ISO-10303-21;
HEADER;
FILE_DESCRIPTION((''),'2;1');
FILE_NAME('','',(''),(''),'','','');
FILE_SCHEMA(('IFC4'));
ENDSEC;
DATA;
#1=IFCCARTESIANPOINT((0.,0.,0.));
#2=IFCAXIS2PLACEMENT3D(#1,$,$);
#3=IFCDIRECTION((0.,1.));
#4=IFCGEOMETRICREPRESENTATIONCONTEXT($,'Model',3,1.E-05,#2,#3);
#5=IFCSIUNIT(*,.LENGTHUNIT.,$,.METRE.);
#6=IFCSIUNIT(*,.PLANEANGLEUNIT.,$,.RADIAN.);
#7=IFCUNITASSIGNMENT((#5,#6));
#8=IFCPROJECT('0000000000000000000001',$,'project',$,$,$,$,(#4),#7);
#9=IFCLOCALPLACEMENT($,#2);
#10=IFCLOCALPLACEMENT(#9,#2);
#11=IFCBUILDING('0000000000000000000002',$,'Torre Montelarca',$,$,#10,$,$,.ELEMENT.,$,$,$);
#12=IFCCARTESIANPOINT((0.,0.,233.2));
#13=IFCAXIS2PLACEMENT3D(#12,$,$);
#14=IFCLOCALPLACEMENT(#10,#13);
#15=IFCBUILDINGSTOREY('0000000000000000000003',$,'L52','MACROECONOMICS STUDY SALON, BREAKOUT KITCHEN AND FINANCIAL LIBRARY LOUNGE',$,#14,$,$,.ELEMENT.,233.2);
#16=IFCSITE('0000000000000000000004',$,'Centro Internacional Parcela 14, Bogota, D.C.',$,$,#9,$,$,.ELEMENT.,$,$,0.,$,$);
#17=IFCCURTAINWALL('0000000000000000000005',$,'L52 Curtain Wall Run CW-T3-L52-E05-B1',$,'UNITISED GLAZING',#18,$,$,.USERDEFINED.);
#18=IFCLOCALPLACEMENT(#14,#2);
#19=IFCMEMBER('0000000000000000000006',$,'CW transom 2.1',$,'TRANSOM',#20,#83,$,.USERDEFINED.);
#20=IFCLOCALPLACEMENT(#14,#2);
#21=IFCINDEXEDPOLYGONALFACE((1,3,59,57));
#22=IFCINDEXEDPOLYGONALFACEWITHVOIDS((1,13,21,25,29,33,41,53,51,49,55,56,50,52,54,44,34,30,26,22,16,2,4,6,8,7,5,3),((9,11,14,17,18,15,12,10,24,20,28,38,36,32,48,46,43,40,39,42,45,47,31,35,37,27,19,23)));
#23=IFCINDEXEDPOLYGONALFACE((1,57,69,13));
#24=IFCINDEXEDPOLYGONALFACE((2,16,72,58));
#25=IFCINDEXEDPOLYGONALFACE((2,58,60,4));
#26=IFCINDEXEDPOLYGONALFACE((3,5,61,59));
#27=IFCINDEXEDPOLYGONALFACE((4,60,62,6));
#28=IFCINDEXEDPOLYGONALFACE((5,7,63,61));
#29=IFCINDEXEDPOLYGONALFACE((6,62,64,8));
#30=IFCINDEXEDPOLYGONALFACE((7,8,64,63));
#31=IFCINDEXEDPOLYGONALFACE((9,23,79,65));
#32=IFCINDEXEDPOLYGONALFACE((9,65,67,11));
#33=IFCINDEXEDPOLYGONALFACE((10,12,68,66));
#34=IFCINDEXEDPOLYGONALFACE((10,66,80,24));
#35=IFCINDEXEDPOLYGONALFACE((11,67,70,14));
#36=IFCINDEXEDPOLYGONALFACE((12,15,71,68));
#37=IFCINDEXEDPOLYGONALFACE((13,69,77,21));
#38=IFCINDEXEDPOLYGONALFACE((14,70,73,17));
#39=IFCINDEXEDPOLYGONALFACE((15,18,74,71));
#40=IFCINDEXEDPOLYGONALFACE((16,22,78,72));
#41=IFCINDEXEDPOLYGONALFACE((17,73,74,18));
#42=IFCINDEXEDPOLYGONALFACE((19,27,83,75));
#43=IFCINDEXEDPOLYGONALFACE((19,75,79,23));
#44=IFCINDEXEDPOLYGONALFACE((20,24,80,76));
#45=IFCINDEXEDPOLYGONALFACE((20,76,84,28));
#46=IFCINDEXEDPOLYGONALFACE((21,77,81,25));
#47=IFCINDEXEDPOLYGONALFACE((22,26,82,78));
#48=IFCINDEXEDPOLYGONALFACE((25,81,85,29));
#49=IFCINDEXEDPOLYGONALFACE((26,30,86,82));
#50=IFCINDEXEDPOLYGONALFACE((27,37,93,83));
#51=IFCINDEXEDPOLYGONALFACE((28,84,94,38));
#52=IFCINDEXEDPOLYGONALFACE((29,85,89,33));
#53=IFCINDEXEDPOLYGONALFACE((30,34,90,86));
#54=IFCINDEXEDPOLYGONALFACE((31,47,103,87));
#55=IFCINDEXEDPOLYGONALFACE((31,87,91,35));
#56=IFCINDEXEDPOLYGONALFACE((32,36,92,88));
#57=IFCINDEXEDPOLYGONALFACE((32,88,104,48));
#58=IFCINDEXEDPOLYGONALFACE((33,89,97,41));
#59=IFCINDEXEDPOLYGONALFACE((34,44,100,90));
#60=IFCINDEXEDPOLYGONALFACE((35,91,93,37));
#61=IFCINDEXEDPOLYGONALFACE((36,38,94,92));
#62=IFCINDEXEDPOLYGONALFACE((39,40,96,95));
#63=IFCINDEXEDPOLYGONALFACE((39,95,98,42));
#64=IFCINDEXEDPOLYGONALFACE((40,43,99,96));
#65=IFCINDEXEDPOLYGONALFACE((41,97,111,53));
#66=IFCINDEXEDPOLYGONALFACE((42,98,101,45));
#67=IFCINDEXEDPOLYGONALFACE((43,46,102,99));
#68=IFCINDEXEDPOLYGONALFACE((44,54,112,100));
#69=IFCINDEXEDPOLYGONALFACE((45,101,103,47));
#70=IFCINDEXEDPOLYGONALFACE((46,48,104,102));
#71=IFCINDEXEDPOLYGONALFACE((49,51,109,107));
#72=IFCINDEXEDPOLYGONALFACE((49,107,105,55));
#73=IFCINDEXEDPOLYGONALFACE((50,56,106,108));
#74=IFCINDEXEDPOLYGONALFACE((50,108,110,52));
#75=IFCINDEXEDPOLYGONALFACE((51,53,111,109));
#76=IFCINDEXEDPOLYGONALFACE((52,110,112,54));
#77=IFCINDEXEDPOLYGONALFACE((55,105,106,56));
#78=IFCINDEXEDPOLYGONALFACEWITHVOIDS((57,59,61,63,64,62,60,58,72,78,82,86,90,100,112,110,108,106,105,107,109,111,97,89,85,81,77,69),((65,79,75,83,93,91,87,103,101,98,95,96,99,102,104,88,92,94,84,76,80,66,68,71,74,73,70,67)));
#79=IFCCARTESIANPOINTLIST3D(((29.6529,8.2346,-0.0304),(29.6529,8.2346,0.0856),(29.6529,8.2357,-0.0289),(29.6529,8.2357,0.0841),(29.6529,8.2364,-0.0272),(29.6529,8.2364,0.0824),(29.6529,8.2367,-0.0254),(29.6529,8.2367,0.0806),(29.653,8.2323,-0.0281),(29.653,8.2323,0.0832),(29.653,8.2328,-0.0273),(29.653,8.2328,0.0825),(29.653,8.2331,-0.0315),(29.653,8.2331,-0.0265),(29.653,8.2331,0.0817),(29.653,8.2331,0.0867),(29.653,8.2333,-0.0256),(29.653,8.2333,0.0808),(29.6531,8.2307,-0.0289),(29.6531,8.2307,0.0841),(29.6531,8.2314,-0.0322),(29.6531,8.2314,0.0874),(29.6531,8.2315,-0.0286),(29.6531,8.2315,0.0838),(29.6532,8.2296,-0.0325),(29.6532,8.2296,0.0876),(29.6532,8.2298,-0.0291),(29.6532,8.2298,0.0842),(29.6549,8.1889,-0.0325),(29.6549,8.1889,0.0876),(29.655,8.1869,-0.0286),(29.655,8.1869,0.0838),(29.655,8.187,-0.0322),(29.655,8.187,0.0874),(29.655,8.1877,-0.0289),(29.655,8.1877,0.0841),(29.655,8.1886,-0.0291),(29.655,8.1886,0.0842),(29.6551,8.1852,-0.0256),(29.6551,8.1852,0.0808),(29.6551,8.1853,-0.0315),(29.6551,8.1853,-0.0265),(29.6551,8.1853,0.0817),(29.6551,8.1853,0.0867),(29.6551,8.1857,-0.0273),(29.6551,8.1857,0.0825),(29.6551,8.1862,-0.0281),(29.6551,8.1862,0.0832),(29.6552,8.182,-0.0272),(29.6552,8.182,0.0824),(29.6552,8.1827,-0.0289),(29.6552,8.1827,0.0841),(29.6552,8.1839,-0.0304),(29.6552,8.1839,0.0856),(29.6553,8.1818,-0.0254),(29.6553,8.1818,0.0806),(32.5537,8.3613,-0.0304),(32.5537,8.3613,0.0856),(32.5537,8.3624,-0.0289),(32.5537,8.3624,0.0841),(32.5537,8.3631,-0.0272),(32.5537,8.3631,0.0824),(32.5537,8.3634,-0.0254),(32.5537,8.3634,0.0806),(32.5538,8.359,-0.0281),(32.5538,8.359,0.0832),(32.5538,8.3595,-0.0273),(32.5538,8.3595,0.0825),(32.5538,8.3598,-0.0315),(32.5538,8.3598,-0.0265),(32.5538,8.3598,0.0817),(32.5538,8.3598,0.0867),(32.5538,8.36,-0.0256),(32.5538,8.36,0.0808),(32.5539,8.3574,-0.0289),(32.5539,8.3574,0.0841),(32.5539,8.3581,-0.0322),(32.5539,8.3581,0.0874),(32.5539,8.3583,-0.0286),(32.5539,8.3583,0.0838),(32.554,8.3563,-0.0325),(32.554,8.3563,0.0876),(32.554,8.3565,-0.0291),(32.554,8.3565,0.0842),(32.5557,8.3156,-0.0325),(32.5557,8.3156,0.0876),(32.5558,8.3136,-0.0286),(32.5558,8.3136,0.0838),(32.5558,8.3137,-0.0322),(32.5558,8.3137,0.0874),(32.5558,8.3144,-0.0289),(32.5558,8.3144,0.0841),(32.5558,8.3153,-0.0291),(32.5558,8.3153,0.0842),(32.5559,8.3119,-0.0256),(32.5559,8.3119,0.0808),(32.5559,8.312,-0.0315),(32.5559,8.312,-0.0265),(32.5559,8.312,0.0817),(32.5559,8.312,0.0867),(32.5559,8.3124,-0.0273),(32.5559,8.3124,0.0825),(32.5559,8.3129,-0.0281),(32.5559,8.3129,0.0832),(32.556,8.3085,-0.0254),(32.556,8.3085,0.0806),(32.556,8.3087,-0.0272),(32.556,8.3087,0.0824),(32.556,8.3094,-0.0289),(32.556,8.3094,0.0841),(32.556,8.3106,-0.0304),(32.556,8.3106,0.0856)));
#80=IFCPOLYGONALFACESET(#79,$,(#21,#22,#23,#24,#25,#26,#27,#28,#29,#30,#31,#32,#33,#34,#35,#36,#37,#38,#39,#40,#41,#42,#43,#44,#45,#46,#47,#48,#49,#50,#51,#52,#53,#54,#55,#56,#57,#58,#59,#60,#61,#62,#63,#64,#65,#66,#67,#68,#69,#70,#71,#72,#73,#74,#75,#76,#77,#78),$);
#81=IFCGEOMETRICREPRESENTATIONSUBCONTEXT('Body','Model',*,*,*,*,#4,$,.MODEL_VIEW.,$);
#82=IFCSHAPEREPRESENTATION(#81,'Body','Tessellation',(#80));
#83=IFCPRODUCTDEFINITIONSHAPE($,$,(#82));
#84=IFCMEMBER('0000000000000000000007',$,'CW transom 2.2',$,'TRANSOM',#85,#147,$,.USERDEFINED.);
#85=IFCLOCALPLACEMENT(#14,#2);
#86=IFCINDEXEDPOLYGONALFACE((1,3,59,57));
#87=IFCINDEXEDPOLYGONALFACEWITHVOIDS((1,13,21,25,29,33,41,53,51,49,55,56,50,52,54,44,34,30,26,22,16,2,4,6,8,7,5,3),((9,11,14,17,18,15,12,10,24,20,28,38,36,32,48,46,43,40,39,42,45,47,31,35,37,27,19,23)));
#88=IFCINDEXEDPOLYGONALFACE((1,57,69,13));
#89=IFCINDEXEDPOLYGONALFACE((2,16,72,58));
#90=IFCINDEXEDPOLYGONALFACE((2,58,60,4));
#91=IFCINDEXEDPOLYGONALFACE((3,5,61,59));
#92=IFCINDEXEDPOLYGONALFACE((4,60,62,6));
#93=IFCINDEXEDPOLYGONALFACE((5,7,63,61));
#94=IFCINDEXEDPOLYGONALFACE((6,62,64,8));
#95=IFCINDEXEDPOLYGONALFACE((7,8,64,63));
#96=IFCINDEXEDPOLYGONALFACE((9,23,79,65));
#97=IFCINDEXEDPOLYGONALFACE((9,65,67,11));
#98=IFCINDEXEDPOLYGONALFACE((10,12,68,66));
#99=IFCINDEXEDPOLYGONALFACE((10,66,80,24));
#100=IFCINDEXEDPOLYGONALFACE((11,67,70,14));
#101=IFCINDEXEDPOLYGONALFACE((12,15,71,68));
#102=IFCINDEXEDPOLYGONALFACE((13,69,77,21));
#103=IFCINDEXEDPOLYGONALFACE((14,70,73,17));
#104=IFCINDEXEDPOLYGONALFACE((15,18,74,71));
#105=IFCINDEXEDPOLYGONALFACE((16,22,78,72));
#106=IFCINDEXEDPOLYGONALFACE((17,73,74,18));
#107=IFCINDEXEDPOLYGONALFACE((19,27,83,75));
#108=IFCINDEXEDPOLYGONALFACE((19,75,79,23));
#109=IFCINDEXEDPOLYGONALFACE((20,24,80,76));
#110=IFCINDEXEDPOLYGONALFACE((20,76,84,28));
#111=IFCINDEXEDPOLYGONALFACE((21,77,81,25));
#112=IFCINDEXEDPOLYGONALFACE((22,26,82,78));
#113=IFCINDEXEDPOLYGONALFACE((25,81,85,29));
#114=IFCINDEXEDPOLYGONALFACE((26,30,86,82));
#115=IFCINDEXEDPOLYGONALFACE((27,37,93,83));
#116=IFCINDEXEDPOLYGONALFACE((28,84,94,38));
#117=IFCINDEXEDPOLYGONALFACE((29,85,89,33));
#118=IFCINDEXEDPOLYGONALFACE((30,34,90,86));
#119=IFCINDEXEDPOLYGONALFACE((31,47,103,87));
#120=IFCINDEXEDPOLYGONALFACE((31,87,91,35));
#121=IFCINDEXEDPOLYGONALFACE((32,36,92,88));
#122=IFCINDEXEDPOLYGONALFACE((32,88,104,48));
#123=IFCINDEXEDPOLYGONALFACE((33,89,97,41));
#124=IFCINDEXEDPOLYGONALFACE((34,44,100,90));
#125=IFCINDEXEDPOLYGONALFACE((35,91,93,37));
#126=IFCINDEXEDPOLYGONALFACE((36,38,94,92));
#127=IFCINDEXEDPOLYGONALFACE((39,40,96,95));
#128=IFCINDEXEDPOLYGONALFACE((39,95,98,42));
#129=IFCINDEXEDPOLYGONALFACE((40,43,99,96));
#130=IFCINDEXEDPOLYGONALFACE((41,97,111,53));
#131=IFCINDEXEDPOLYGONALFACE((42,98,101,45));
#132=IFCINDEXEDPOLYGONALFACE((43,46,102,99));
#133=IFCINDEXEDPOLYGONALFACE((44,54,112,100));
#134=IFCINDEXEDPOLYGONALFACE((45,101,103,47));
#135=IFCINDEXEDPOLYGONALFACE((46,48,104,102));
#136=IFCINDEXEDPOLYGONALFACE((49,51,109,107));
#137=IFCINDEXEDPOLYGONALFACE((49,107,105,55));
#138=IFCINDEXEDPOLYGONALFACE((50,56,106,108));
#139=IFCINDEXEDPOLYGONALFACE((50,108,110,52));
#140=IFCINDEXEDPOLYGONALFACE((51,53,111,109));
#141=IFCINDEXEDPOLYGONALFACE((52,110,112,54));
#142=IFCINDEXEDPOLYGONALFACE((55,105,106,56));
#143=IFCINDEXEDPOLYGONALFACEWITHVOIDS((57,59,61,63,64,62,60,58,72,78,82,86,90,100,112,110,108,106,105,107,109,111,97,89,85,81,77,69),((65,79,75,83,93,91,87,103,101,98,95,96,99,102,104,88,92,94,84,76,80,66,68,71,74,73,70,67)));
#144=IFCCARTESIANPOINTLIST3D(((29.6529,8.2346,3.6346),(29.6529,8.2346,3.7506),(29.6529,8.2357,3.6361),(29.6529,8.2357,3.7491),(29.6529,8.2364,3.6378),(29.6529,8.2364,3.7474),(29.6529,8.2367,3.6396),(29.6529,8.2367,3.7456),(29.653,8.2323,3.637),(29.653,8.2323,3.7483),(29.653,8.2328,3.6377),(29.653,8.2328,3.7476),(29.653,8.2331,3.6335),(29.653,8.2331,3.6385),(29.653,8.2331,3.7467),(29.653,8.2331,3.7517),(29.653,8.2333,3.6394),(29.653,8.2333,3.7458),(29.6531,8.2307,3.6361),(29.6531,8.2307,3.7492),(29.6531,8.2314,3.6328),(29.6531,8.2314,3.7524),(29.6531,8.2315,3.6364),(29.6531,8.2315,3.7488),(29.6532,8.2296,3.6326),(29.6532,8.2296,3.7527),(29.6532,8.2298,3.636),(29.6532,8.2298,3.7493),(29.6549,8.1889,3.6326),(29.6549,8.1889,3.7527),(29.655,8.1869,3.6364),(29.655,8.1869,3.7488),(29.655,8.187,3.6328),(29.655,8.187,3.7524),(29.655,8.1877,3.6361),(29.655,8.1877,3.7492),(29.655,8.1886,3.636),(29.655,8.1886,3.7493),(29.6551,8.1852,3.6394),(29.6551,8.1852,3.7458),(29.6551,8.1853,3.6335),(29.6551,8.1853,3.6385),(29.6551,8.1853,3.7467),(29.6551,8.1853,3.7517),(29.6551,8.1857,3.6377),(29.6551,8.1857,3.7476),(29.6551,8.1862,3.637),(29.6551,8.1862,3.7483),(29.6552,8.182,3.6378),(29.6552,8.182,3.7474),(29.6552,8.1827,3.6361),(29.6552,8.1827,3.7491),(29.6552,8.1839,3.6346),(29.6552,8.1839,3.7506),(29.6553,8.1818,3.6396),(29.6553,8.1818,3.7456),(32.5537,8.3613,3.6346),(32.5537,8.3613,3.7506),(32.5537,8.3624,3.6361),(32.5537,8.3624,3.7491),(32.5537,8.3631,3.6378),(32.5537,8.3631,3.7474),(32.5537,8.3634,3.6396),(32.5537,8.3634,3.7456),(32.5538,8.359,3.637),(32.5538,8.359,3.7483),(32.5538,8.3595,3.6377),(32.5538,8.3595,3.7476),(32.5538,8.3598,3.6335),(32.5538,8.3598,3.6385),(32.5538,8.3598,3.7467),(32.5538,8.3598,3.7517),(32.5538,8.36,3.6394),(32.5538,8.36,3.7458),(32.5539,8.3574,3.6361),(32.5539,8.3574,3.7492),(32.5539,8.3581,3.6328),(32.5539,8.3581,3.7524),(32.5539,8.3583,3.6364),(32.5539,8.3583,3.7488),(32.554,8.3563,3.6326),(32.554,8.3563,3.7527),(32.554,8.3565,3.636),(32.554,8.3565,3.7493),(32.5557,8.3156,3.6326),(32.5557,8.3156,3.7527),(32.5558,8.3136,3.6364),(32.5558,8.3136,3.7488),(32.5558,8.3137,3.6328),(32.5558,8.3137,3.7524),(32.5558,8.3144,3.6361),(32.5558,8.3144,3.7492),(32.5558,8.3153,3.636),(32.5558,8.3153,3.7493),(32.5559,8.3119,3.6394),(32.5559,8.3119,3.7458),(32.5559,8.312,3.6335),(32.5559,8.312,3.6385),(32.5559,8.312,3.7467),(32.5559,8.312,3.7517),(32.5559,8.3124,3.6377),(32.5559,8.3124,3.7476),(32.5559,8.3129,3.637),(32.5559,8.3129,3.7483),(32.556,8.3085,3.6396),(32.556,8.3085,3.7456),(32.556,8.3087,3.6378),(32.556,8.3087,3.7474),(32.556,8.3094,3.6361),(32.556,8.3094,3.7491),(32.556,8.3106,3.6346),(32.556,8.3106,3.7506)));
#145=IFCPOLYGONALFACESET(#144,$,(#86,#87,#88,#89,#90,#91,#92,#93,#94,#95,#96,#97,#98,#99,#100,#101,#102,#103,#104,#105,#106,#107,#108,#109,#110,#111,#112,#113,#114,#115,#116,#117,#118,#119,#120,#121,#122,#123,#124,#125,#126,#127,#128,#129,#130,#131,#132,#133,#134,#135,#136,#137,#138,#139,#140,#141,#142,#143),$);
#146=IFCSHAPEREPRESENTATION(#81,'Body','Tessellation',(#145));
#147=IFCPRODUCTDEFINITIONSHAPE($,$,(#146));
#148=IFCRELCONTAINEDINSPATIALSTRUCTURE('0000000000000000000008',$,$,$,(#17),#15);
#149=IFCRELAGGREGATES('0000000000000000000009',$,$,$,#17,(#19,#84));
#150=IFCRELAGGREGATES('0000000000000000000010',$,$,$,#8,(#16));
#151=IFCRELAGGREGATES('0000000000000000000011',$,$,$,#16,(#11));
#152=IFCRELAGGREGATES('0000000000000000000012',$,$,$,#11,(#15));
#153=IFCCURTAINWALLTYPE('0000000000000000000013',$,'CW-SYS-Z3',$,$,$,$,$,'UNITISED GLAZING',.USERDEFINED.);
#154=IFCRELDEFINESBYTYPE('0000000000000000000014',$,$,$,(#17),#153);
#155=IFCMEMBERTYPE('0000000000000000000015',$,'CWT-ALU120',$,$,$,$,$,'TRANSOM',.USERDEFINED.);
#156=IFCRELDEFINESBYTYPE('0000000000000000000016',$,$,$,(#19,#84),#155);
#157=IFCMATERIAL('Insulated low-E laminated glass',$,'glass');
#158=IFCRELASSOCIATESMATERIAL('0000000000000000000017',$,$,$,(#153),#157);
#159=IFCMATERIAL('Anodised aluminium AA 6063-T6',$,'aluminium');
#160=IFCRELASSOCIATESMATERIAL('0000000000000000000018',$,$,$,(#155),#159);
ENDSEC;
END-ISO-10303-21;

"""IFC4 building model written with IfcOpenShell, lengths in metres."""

from ifc_helpers import new_model, si_unit, direction, frame, origin, origin_2d, place, context, subcontext, project, spatial, hollow_rectangle, extrude, source, transform, mapped, material, material_profile, profile_set, type_object, element, aggregate, save


model = new_model("IFC4")

# Units and contexts
model_context = context("Model", 3, precision=1e-05, world=origin(), true_north=direction((0.0, 1.0)))
body_context = subcontext(model_context, "Body", "Model", "MODEL_VIEW")
ifc_project = project(units=[si_unit("LENGTHUNIT", "METRE"), si_unit("PLANEANGLEUNIT", "RADIAN")], contexts=[model_context])

# Site, building, storey
site_placement = place(None, origin())
site = spatial("IfcSite", under=ifc_project, at=site_placement, Name="Centro Internacional Parcela 14, Bogota, D.C.", CompositionType="ELEMENT", RefElevation=0.0)
building_placement = place(site_placement, origin())
building = spatial("IfcBuilding", under=site, at=building_placement, Name="Torre Montelarca", CompositionType="ELEMENT")
storey_placement = place(building_placement, frame((0.0, 0.0, 233.2)))
storey = spatial("IfcBuildingStorey", under=building, at=storey_placement, Name="L52", Description="MACROECONOMICS STUDY SALON, BREAKOUT KITCHEN AND FINANCIAL LIBRARY LOUNGE", CompositionType="ELEMENT", Elevation=233.2)

# Curtain wall, members
ifc_material_1 = material(Name="Insulated low-E laminated glass", Category="glass")
curtain_wall_type = type_object("IfcCurtainWallType", Name="CW-SYS-Z3", ElementType="UNITISED GLAZING", PredefinedType="USERDEFINED", material=ifc_material_1)
curtain_wall_1_placement = place(storey_placement, origin())
curtain_wall_1 = element("IfcCurtainWall", 1, at=curtain_wall_1_placement, inside=storey, type_object=curtain_wall_type, Name="L52 Curtain Wall Run CW-T3-L52-E05-B1", ObjectType="UNITISED GLAZING", PredefinedType="USERDEFINED")
ifc_material_2 = material(Name="Anodised aluminium AA 6063-T6", Category="aluminium")
ifc_material_profile_1 = material_profile(ifc_material_2, hollow_rectangle(XDim=0.0549, YDim=0.1201, WallThickness=0.0034, InnerFilletRadius=0.0034, OuterFilletRadius=0.0071, at=origin_2d()), Name="ALU55X120X3.5", Category="aluminium")
ifc_profile_set_1 = profile_set([ifc_material_profile_1], Name="Anodised aluminium AA 6063-T6")
member_type_1 = type_object("IfcMemberType", Name="CWT-ALU120", ElementType="TRANSOM", PredefinedType="USERDEFINED", material=ifc_profile_set_1)
shared_shape_1 = source(origin(), body_context, "Body", "SweptSolid", [
    extrude(hollow_rectangle(XDim=0.0549, YDim=0.1201, WallThickness=0.0034, InnerFilletRadius=0.0034, OuterFilletRadius=0.0071, at=origin_2d()), origin(), (0.0, 0.0, 1.0), 2.9036),
])
member_1_placement = place(storey_placement, frame((29.6541, 8.2092, 0.0276), z_axis=(0.999047, 0.043638, 0.0), x_axis=(-0.043638, 0.999047, 0.0)))
member_1 = element("IfcMember", 2, at=member_1_placement, type_object=member_type_1, Name="CW transom 2.1", ObjectType="TRANSOM", PredefinedType="USERDEFINED", context=body_context, shape_type="MappedRepresentation", body=[
    mapped(shared_shape_1, transform((0.0, 0.0, 0.0), scale=1.0)),
])
member_2_placement = place(storey_placement, frame((29.6541, 8.2092, 3.6926), z_axis=(0.999047, 0.043638, 0.0), x_axis=(-0.043638, 0.999047, 0.0)))
member_2 = element("IfcMember", 3, at=member_2_placement, type_object=member_type_1, Name="CW transom 2.2", ObjectType="TRANSOM", PredefinedType="USERDEFINED", context=body_context, shape_type="MappedRepresentation", body=[
    mapped(shared_shape_1, transform((0.0, 0.0, 0.0), scale=1.0)),
])

aggregate(curtain_wall_1, [member_1, member_2])

save(model, "model.ifc")
